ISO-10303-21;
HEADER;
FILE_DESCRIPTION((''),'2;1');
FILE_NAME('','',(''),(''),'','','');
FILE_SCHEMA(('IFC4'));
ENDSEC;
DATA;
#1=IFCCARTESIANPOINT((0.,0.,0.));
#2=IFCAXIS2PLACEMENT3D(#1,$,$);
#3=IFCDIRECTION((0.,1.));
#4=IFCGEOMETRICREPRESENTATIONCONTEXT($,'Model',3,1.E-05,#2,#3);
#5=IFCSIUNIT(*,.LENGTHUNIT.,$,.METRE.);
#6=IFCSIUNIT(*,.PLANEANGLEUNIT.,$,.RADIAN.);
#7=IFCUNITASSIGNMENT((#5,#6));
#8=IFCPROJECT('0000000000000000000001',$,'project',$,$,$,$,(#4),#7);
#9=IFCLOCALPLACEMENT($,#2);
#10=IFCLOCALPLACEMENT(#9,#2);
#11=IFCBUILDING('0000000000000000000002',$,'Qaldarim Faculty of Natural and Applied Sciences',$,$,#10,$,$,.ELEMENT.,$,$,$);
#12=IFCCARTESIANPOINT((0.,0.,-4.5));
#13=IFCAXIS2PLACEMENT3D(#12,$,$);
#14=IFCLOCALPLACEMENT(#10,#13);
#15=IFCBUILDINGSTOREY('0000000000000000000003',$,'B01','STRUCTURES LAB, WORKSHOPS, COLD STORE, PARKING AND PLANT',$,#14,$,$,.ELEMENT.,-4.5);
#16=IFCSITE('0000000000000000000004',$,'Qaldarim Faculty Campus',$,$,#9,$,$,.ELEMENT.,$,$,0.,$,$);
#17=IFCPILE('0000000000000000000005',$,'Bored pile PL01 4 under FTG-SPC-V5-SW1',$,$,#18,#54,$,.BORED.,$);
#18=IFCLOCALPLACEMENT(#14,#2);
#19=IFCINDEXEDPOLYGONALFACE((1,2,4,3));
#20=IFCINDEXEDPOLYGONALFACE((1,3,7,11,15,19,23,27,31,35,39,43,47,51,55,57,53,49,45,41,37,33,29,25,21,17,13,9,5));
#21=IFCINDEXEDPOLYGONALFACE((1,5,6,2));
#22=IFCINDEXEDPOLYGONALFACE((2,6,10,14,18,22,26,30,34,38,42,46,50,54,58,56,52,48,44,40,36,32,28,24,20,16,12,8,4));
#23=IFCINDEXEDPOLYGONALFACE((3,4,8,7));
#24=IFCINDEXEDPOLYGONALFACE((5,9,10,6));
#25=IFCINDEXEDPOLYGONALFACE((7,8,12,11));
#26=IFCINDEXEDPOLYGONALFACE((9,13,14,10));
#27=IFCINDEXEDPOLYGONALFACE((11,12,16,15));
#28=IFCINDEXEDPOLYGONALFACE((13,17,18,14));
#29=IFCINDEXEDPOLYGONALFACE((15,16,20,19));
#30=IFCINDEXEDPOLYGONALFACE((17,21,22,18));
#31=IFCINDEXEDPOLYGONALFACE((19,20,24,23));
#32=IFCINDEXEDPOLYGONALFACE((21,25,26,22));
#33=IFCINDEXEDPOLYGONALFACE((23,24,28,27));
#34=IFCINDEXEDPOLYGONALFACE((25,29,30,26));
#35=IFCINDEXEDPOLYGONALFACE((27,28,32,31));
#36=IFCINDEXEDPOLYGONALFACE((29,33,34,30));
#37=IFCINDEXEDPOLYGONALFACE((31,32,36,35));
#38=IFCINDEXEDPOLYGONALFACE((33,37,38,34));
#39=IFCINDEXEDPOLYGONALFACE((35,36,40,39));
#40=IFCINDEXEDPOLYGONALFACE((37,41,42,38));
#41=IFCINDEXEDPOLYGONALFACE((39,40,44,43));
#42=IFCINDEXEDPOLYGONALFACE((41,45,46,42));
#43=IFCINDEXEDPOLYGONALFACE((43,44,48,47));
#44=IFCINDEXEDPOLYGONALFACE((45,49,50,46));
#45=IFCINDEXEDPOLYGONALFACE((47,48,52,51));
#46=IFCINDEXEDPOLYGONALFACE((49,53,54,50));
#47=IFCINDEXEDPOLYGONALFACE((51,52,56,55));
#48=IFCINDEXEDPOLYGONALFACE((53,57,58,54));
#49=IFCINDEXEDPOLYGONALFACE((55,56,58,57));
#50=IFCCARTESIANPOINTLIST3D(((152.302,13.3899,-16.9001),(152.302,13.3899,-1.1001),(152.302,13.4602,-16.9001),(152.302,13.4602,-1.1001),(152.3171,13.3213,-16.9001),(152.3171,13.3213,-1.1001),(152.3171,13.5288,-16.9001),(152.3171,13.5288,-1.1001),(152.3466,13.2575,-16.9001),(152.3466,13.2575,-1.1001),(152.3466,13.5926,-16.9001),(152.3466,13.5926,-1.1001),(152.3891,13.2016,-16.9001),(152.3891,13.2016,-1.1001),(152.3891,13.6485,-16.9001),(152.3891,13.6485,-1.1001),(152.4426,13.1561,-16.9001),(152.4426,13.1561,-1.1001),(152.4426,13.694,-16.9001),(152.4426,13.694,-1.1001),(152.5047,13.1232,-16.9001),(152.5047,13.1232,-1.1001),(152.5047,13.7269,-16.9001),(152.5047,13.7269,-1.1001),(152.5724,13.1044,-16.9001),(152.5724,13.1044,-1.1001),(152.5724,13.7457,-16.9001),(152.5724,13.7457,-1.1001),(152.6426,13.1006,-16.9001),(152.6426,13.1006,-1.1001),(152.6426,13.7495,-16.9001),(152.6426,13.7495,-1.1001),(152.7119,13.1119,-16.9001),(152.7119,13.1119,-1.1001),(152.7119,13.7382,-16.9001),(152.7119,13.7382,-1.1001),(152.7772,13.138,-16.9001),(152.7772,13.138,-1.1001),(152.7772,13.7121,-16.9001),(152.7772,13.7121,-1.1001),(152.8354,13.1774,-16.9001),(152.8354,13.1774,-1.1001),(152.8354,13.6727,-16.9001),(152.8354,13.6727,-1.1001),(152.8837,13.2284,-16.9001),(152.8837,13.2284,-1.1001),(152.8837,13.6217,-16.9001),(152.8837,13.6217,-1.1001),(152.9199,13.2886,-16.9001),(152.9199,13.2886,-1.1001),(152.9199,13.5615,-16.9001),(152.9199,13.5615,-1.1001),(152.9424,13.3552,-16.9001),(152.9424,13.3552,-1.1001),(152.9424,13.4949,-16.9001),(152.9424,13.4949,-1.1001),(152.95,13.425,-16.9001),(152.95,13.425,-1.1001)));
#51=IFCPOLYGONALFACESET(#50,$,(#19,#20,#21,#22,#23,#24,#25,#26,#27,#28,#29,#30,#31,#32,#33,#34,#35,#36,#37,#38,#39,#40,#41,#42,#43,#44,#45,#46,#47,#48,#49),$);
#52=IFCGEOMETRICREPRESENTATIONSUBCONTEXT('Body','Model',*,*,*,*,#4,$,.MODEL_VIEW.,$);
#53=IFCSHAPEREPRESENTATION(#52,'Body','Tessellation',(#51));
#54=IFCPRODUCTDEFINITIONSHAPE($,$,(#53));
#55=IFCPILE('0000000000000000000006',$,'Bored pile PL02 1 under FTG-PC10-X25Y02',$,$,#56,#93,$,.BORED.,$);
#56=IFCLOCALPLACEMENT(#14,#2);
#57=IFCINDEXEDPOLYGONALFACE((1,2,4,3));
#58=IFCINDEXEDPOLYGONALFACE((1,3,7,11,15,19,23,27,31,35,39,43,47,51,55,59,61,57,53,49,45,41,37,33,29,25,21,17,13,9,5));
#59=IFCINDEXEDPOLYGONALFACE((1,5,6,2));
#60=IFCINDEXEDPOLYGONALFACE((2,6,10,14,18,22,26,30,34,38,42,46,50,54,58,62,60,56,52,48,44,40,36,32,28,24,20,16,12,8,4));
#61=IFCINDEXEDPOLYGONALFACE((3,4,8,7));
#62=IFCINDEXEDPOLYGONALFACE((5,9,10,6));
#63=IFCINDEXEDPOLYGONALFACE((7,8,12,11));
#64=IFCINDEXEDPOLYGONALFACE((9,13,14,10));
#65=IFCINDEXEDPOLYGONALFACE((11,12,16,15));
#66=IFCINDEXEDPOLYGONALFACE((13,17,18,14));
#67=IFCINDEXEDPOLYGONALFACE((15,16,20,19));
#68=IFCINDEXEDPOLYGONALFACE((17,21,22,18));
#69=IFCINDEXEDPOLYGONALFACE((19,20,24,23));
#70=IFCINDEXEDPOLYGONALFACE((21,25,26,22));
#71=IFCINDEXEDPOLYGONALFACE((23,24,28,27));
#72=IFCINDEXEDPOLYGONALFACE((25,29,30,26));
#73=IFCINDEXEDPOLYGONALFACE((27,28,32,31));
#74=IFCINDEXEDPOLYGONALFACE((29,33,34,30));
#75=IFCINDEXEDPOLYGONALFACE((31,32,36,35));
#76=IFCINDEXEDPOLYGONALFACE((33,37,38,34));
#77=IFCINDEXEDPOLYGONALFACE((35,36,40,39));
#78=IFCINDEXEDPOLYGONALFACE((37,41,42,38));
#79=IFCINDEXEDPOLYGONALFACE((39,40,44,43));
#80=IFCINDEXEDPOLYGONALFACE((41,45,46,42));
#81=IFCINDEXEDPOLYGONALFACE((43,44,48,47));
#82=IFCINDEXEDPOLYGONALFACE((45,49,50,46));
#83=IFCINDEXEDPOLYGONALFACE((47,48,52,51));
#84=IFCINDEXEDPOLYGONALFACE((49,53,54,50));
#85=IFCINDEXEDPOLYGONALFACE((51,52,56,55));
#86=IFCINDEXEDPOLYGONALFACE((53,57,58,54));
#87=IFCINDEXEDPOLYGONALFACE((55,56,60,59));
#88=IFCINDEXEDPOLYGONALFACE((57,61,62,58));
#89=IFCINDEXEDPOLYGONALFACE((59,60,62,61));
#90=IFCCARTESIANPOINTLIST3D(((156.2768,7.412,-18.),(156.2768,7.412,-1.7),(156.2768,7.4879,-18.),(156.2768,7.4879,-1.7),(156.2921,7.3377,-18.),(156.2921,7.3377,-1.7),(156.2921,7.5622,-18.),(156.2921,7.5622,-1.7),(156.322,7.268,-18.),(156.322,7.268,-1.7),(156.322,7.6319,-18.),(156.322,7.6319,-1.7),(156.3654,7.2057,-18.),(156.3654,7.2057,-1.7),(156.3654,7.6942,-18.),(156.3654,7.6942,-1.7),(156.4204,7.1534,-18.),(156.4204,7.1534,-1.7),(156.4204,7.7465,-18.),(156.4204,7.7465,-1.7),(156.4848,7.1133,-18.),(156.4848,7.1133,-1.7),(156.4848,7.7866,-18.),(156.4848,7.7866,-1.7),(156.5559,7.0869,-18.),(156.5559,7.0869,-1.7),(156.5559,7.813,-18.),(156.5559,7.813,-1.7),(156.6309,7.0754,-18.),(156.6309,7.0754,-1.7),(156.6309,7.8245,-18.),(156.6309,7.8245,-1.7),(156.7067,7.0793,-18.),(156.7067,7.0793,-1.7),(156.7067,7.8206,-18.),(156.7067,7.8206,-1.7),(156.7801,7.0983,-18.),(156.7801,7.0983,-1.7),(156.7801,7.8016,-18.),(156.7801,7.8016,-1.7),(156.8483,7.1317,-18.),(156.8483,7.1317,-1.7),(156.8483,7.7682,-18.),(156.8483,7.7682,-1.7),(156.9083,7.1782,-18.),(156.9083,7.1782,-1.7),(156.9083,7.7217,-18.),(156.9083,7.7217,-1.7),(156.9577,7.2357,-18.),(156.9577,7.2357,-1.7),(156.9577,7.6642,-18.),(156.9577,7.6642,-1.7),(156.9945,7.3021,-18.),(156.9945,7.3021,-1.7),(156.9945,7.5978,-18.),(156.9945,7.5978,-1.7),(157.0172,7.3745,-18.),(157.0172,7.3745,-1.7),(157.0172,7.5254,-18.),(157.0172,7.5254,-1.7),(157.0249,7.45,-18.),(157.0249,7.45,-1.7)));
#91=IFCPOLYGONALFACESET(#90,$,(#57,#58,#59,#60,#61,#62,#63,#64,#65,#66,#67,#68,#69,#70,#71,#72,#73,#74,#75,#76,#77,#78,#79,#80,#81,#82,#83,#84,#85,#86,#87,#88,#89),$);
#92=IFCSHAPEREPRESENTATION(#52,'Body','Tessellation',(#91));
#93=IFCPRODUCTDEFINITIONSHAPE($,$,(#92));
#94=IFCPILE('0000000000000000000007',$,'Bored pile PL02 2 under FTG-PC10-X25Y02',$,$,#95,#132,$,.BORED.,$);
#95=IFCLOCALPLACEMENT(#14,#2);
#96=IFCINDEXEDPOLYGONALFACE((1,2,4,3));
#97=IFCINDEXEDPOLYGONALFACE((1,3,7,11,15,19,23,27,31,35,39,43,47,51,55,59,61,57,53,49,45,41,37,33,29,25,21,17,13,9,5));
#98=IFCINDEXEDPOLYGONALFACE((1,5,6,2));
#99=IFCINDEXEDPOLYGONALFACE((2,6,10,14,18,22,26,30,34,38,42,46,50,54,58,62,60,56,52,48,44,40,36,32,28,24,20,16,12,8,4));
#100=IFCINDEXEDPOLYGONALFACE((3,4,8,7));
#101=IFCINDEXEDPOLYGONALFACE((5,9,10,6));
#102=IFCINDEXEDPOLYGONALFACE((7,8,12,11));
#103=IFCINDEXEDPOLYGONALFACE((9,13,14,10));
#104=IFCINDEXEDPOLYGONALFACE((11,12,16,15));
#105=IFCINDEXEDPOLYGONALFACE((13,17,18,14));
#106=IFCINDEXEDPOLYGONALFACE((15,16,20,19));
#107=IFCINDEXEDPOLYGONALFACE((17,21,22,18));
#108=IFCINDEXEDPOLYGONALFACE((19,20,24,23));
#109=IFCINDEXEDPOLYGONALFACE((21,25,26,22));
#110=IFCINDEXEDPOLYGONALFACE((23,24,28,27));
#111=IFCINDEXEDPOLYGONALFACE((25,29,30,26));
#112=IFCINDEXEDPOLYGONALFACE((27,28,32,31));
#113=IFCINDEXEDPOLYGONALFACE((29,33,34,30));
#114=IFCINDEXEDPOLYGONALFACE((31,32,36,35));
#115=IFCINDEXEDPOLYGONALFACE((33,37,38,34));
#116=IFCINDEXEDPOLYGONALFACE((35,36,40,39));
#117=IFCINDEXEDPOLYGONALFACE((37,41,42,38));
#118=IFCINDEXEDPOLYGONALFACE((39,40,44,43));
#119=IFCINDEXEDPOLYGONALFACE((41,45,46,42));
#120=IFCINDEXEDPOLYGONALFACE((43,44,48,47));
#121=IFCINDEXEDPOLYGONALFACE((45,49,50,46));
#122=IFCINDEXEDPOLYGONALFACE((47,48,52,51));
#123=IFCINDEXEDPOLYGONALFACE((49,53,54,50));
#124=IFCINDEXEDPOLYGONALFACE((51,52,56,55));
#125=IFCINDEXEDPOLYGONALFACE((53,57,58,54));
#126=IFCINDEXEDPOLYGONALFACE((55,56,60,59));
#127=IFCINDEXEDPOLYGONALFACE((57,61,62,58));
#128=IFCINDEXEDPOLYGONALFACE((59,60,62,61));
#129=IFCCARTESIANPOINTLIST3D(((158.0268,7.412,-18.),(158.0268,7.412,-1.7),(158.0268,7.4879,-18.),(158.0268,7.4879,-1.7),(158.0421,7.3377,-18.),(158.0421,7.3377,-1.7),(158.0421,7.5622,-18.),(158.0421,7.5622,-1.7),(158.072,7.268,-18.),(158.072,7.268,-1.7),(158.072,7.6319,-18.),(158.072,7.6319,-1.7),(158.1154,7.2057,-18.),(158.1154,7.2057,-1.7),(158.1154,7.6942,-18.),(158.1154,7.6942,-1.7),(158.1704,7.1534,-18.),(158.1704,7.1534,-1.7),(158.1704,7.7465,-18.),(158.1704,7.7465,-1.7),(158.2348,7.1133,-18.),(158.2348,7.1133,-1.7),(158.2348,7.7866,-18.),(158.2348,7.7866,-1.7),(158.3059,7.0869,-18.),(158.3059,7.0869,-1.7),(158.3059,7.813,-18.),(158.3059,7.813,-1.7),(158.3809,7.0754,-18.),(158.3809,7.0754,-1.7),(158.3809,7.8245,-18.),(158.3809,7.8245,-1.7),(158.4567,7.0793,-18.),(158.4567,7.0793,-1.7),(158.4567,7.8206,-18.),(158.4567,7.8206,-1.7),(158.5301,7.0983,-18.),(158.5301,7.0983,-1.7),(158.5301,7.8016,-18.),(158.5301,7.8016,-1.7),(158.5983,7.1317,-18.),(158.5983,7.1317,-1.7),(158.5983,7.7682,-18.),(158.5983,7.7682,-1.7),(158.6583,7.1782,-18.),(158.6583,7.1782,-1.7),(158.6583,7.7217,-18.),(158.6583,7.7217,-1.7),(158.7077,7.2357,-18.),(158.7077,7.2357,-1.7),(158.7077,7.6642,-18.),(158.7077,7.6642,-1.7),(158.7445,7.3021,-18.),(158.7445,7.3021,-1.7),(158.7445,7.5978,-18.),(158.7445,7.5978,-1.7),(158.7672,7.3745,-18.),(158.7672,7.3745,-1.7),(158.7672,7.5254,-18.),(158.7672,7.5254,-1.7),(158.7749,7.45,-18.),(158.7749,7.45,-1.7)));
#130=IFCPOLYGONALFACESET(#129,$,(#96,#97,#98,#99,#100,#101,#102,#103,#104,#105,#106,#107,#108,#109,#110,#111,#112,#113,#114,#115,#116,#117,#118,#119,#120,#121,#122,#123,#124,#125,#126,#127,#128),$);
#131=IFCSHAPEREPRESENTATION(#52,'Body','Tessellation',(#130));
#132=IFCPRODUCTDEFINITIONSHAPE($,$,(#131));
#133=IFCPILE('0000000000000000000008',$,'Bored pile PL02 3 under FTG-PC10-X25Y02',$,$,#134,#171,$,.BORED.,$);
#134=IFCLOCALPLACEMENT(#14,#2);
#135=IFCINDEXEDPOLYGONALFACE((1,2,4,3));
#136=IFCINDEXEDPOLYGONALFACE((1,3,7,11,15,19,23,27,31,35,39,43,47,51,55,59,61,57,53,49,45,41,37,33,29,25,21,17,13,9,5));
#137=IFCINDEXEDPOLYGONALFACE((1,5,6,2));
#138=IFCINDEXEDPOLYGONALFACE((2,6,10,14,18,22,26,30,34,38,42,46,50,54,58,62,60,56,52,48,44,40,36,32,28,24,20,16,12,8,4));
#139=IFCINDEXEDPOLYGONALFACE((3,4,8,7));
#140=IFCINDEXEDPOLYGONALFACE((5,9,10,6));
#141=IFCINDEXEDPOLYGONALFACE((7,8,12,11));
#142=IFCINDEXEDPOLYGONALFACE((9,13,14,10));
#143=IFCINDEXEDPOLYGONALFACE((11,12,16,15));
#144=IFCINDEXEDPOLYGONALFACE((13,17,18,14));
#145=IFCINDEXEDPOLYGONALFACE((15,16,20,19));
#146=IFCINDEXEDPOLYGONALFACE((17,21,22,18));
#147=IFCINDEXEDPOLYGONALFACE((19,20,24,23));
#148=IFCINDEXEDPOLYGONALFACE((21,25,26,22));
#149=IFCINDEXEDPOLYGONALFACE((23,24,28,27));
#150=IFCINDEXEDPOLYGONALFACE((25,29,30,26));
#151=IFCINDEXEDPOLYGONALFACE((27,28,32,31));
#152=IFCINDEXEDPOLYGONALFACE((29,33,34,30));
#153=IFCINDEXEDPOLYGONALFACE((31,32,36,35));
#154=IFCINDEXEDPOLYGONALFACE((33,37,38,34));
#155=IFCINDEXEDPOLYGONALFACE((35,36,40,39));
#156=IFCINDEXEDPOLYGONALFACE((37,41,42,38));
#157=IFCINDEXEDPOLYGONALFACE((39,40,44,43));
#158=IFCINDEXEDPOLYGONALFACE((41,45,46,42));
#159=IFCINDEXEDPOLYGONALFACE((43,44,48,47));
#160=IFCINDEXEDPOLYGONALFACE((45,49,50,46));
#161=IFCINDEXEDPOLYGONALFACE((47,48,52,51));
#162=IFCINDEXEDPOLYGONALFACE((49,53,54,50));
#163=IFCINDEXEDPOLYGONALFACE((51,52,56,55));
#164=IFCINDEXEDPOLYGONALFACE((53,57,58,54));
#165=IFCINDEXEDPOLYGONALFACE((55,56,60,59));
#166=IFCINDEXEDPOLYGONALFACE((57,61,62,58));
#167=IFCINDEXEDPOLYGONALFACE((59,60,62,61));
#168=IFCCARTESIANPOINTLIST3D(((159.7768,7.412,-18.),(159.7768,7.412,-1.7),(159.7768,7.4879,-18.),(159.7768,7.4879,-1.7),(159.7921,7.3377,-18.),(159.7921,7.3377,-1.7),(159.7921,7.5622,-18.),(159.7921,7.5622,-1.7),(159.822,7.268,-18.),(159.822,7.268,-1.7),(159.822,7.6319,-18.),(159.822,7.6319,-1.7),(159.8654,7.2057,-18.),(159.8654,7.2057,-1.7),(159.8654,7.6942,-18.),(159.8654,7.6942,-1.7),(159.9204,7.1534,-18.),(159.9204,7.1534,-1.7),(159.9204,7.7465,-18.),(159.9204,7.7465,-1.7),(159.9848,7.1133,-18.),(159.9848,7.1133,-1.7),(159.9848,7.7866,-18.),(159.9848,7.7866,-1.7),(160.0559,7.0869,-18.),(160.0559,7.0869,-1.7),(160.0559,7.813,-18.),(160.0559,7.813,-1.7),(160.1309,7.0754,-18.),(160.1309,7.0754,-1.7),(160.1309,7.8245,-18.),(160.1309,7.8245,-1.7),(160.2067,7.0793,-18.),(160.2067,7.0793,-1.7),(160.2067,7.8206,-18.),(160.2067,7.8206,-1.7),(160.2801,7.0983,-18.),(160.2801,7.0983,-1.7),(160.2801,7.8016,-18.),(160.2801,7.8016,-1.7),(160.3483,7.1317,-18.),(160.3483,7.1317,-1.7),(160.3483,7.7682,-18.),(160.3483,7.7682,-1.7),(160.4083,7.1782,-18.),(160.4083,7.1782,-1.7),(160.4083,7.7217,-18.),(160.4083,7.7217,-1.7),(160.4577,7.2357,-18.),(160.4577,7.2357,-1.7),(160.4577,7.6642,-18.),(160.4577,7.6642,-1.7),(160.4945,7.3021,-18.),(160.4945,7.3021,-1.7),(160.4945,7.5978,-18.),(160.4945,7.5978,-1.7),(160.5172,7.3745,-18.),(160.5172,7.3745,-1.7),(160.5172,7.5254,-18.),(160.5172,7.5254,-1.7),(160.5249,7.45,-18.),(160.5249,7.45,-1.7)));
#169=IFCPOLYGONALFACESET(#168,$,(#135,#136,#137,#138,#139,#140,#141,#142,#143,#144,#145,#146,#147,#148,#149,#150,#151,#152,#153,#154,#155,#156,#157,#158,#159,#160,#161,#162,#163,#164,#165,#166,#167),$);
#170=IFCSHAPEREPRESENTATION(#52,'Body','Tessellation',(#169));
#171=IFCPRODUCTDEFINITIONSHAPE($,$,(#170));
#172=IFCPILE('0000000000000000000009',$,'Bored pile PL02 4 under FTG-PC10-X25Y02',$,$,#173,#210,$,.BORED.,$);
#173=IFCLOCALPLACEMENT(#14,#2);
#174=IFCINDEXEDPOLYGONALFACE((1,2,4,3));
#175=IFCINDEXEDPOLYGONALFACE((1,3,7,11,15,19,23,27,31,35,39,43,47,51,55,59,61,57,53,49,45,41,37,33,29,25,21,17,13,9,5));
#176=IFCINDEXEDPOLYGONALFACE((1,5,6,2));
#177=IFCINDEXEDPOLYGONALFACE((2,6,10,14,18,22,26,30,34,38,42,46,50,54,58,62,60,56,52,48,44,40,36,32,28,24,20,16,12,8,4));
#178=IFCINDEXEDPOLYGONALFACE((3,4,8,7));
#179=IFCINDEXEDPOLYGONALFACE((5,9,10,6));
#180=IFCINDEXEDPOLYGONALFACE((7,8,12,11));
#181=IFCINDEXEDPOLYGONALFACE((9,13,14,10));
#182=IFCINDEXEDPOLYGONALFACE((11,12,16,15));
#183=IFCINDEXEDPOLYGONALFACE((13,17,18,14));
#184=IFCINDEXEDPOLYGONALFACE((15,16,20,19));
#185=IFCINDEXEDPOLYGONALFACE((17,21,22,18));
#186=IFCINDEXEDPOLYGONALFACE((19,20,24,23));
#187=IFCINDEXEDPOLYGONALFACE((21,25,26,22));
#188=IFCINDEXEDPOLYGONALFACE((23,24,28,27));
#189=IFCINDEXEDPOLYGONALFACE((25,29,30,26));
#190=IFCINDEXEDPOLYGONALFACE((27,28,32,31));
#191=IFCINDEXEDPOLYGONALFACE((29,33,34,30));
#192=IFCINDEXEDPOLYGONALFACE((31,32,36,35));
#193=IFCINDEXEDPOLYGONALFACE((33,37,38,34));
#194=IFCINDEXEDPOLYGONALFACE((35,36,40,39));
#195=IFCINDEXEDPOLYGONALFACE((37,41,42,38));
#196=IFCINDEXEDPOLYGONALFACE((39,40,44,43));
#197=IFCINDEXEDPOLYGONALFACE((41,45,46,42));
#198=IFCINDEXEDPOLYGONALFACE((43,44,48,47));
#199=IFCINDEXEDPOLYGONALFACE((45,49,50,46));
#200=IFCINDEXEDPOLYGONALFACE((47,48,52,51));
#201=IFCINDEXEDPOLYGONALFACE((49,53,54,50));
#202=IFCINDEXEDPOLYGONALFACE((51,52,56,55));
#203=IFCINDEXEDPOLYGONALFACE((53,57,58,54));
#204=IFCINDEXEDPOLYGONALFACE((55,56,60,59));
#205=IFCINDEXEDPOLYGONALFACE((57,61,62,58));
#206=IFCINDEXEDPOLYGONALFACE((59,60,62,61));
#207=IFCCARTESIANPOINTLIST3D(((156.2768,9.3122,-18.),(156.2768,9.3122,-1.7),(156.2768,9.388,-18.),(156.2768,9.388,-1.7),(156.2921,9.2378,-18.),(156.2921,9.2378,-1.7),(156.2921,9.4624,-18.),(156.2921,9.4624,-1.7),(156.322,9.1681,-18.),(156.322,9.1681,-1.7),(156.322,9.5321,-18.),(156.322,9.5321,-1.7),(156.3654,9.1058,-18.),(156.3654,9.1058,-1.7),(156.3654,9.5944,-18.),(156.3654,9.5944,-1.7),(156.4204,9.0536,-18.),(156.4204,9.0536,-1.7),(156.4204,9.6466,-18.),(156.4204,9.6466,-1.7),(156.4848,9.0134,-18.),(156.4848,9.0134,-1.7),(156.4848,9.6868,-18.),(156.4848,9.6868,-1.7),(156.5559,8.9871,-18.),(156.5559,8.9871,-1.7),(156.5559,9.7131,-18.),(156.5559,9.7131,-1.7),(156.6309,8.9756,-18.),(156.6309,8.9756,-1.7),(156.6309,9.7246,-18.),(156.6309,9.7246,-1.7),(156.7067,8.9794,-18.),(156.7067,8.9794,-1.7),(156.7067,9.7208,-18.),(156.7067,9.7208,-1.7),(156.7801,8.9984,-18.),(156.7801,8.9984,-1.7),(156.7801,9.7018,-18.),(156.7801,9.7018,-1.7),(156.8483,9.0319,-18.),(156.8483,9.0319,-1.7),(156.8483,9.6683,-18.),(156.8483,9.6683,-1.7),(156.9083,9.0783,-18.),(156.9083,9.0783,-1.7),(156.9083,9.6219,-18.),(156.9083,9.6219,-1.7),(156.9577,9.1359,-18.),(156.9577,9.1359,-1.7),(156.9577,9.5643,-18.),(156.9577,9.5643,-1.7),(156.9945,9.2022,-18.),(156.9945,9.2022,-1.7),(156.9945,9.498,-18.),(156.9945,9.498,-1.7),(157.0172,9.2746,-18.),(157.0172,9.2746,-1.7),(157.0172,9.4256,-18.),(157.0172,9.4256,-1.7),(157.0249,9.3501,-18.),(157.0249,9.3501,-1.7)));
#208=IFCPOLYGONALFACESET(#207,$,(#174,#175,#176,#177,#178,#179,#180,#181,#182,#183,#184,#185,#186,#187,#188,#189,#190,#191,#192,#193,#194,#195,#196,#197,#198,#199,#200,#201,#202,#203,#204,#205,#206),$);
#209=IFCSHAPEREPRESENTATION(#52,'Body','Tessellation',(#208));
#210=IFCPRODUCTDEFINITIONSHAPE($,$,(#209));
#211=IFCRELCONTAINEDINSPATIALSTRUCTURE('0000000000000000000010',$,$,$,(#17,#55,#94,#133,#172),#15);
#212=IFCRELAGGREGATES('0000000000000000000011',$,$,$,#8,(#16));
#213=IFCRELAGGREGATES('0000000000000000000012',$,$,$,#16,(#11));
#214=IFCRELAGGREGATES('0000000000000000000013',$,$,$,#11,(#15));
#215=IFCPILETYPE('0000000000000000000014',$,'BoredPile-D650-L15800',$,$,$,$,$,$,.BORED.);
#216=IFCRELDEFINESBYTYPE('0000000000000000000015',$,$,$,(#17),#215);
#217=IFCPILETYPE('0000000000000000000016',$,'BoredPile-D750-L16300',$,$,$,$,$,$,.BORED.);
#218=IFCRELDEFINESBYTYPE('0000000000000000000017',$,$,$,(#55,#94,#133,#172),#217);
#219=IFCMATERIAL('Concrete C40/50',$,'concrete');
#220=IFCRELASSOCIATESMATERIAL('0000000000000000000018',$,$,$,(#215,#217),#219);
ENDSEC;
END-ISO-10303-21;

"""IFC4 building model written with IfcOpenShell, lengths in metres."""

from ifc_helpers import new_model, si_unit, direction, frame, origin, origin_2d, place, context, subcontext, project, spatial, circle, extrude, material, material_profile, profile_set, type_object, element, save


model = new_model("IFC4")

# Units and contexts
model_context = context("Model", 3, precision=1e-05, world=origin(), true_north=direction((0.0, 1.0)))
body_context = subcontext(model_context, "Body", "Model", "MODEL_VIEW")
ifc_project = project(units=[si_unit("LENGTHUNIT", "METRE"), si_unit("PLANEANGLEUNIT", "RADIAN")], contexts=[model_context])

# Site, building, storey
site_placement = place(None, origin())
site = spatial("IfcSite", under=ifc_project, at=site_placement, Name="Qaldarim Faculty Campus", CompositionType="ELEMENT", RefElevation=0.0)
building_placement = place(site_placement, origin())
building = spatial("IfcBuilding", under=site, at=building_placement, Name="Qaldarim Faculty of Natural and Applied Sciences", CompositionType="ELEMENT")
storey_placement = place(building_placement, frame((0.0, 0.0, -4.5)))
storey = spatial("IfcBuildingStorey", under=building, at=storey_placement, Name="B01", Description="STRUCTURES LAB, WORKSHOPS, COLD STORE, PARKING AND PLANT", CompositionType="ELEMENT", Elevation=-4.5)

# Piles
ifc_material_1 = material(Name="Concrete C40/50", Category="concrete")
ifc_material_profile_1 = material_profile(ifc_material_1, circle(Radius=0.325, at=origin_2d()), Name="PILE-D650")
ifc_profile_set_1 = profile_set([ifc_material_profile_1], Name="Concrete C40/50")
pile_type_1 = type_object("IfcPileType", Name="BoredPile-D650-L15800", PredefinedType="BORED", material=ifc_profile_set_1)
for number, where, z_axis, x_axis, name in (
    (1, (152.625, 13.425, -1.1001), (0.0, 0.0, -1.0), (1.0, 0.0, 0.0), "Bored pile PL01 4 under FTG-SPC-V5-SW1"),
):
    element("IfcPile", number, at=place(storey_placement, frame(where, z_axis=z_axis, x_axis=x_axis)), inside=storey, type_object=pile_type_1, Name=name, PredefinedType="BORED", context=body_context, shape_type="SweptSolid", body=[
        extrude(circle(Radius=0.325, at=origin_2d()), origin(), (0.0, 0.0, 1.0), 15.8),
    ])
ifc_material_profile_2 = material_profile(ifc_material_1, circle(Radius=0.375, at=origin_2d()), Name="PILE-D750")
ifc_profile_set_2 = profile_set([ifc_material_profile_2], Name="Concrete C40/50")
pile_type_2 = type_object("IfcPileType", Name="BoredPile-D750-L16300", PredefinedType="BORED", material=ifc_profile_set_2)
for number, where, z_axis, x_axis, name in (
    (2, (156.6499, 7.45, -1.7), (0.0, 0.0, -1.0), (1.0, 0.0, 0.0), "Bored pile PL02 1 under FTG-PC10-X25Y02"),
    (3, (158.3999, 7.45, -1.7), (0.0, 0.0, -1.0), (1.0, 0.0, 0.0), "Bored pile PL02 2 under FTG-PC10-X25Y02"),
    (4, (160.1499, 7.45, -1.7), (0.0, 0.0, -1.0), (1.0, 0.0, 0.0), "Bored pile PL02 3 under FTG-PC10-X25Y02"),
    (5, (156.6499, 9.3501, -1.7), (0.0, 0.0, -1.0), (1.0, 0.0, 0.0), "Bored pile PL02 4 under FTG-PC10-X25Y02"),
):
    element("IfcPile", number, at=place(storey_placement, frame(where, z_axis=z_axis, x_axis=x_axis)), inside=storey, type_object=pile_type_2, Name=name, PredefinedType="BORED", context=body_context, shape_type="SweptSolid", body=[
        extrude(circle(Radius=0.375, at=origin_2d()), origin(), (0.0, 0.0, 1.0), 16.3),
    ])

save(model, "model.ifc")
